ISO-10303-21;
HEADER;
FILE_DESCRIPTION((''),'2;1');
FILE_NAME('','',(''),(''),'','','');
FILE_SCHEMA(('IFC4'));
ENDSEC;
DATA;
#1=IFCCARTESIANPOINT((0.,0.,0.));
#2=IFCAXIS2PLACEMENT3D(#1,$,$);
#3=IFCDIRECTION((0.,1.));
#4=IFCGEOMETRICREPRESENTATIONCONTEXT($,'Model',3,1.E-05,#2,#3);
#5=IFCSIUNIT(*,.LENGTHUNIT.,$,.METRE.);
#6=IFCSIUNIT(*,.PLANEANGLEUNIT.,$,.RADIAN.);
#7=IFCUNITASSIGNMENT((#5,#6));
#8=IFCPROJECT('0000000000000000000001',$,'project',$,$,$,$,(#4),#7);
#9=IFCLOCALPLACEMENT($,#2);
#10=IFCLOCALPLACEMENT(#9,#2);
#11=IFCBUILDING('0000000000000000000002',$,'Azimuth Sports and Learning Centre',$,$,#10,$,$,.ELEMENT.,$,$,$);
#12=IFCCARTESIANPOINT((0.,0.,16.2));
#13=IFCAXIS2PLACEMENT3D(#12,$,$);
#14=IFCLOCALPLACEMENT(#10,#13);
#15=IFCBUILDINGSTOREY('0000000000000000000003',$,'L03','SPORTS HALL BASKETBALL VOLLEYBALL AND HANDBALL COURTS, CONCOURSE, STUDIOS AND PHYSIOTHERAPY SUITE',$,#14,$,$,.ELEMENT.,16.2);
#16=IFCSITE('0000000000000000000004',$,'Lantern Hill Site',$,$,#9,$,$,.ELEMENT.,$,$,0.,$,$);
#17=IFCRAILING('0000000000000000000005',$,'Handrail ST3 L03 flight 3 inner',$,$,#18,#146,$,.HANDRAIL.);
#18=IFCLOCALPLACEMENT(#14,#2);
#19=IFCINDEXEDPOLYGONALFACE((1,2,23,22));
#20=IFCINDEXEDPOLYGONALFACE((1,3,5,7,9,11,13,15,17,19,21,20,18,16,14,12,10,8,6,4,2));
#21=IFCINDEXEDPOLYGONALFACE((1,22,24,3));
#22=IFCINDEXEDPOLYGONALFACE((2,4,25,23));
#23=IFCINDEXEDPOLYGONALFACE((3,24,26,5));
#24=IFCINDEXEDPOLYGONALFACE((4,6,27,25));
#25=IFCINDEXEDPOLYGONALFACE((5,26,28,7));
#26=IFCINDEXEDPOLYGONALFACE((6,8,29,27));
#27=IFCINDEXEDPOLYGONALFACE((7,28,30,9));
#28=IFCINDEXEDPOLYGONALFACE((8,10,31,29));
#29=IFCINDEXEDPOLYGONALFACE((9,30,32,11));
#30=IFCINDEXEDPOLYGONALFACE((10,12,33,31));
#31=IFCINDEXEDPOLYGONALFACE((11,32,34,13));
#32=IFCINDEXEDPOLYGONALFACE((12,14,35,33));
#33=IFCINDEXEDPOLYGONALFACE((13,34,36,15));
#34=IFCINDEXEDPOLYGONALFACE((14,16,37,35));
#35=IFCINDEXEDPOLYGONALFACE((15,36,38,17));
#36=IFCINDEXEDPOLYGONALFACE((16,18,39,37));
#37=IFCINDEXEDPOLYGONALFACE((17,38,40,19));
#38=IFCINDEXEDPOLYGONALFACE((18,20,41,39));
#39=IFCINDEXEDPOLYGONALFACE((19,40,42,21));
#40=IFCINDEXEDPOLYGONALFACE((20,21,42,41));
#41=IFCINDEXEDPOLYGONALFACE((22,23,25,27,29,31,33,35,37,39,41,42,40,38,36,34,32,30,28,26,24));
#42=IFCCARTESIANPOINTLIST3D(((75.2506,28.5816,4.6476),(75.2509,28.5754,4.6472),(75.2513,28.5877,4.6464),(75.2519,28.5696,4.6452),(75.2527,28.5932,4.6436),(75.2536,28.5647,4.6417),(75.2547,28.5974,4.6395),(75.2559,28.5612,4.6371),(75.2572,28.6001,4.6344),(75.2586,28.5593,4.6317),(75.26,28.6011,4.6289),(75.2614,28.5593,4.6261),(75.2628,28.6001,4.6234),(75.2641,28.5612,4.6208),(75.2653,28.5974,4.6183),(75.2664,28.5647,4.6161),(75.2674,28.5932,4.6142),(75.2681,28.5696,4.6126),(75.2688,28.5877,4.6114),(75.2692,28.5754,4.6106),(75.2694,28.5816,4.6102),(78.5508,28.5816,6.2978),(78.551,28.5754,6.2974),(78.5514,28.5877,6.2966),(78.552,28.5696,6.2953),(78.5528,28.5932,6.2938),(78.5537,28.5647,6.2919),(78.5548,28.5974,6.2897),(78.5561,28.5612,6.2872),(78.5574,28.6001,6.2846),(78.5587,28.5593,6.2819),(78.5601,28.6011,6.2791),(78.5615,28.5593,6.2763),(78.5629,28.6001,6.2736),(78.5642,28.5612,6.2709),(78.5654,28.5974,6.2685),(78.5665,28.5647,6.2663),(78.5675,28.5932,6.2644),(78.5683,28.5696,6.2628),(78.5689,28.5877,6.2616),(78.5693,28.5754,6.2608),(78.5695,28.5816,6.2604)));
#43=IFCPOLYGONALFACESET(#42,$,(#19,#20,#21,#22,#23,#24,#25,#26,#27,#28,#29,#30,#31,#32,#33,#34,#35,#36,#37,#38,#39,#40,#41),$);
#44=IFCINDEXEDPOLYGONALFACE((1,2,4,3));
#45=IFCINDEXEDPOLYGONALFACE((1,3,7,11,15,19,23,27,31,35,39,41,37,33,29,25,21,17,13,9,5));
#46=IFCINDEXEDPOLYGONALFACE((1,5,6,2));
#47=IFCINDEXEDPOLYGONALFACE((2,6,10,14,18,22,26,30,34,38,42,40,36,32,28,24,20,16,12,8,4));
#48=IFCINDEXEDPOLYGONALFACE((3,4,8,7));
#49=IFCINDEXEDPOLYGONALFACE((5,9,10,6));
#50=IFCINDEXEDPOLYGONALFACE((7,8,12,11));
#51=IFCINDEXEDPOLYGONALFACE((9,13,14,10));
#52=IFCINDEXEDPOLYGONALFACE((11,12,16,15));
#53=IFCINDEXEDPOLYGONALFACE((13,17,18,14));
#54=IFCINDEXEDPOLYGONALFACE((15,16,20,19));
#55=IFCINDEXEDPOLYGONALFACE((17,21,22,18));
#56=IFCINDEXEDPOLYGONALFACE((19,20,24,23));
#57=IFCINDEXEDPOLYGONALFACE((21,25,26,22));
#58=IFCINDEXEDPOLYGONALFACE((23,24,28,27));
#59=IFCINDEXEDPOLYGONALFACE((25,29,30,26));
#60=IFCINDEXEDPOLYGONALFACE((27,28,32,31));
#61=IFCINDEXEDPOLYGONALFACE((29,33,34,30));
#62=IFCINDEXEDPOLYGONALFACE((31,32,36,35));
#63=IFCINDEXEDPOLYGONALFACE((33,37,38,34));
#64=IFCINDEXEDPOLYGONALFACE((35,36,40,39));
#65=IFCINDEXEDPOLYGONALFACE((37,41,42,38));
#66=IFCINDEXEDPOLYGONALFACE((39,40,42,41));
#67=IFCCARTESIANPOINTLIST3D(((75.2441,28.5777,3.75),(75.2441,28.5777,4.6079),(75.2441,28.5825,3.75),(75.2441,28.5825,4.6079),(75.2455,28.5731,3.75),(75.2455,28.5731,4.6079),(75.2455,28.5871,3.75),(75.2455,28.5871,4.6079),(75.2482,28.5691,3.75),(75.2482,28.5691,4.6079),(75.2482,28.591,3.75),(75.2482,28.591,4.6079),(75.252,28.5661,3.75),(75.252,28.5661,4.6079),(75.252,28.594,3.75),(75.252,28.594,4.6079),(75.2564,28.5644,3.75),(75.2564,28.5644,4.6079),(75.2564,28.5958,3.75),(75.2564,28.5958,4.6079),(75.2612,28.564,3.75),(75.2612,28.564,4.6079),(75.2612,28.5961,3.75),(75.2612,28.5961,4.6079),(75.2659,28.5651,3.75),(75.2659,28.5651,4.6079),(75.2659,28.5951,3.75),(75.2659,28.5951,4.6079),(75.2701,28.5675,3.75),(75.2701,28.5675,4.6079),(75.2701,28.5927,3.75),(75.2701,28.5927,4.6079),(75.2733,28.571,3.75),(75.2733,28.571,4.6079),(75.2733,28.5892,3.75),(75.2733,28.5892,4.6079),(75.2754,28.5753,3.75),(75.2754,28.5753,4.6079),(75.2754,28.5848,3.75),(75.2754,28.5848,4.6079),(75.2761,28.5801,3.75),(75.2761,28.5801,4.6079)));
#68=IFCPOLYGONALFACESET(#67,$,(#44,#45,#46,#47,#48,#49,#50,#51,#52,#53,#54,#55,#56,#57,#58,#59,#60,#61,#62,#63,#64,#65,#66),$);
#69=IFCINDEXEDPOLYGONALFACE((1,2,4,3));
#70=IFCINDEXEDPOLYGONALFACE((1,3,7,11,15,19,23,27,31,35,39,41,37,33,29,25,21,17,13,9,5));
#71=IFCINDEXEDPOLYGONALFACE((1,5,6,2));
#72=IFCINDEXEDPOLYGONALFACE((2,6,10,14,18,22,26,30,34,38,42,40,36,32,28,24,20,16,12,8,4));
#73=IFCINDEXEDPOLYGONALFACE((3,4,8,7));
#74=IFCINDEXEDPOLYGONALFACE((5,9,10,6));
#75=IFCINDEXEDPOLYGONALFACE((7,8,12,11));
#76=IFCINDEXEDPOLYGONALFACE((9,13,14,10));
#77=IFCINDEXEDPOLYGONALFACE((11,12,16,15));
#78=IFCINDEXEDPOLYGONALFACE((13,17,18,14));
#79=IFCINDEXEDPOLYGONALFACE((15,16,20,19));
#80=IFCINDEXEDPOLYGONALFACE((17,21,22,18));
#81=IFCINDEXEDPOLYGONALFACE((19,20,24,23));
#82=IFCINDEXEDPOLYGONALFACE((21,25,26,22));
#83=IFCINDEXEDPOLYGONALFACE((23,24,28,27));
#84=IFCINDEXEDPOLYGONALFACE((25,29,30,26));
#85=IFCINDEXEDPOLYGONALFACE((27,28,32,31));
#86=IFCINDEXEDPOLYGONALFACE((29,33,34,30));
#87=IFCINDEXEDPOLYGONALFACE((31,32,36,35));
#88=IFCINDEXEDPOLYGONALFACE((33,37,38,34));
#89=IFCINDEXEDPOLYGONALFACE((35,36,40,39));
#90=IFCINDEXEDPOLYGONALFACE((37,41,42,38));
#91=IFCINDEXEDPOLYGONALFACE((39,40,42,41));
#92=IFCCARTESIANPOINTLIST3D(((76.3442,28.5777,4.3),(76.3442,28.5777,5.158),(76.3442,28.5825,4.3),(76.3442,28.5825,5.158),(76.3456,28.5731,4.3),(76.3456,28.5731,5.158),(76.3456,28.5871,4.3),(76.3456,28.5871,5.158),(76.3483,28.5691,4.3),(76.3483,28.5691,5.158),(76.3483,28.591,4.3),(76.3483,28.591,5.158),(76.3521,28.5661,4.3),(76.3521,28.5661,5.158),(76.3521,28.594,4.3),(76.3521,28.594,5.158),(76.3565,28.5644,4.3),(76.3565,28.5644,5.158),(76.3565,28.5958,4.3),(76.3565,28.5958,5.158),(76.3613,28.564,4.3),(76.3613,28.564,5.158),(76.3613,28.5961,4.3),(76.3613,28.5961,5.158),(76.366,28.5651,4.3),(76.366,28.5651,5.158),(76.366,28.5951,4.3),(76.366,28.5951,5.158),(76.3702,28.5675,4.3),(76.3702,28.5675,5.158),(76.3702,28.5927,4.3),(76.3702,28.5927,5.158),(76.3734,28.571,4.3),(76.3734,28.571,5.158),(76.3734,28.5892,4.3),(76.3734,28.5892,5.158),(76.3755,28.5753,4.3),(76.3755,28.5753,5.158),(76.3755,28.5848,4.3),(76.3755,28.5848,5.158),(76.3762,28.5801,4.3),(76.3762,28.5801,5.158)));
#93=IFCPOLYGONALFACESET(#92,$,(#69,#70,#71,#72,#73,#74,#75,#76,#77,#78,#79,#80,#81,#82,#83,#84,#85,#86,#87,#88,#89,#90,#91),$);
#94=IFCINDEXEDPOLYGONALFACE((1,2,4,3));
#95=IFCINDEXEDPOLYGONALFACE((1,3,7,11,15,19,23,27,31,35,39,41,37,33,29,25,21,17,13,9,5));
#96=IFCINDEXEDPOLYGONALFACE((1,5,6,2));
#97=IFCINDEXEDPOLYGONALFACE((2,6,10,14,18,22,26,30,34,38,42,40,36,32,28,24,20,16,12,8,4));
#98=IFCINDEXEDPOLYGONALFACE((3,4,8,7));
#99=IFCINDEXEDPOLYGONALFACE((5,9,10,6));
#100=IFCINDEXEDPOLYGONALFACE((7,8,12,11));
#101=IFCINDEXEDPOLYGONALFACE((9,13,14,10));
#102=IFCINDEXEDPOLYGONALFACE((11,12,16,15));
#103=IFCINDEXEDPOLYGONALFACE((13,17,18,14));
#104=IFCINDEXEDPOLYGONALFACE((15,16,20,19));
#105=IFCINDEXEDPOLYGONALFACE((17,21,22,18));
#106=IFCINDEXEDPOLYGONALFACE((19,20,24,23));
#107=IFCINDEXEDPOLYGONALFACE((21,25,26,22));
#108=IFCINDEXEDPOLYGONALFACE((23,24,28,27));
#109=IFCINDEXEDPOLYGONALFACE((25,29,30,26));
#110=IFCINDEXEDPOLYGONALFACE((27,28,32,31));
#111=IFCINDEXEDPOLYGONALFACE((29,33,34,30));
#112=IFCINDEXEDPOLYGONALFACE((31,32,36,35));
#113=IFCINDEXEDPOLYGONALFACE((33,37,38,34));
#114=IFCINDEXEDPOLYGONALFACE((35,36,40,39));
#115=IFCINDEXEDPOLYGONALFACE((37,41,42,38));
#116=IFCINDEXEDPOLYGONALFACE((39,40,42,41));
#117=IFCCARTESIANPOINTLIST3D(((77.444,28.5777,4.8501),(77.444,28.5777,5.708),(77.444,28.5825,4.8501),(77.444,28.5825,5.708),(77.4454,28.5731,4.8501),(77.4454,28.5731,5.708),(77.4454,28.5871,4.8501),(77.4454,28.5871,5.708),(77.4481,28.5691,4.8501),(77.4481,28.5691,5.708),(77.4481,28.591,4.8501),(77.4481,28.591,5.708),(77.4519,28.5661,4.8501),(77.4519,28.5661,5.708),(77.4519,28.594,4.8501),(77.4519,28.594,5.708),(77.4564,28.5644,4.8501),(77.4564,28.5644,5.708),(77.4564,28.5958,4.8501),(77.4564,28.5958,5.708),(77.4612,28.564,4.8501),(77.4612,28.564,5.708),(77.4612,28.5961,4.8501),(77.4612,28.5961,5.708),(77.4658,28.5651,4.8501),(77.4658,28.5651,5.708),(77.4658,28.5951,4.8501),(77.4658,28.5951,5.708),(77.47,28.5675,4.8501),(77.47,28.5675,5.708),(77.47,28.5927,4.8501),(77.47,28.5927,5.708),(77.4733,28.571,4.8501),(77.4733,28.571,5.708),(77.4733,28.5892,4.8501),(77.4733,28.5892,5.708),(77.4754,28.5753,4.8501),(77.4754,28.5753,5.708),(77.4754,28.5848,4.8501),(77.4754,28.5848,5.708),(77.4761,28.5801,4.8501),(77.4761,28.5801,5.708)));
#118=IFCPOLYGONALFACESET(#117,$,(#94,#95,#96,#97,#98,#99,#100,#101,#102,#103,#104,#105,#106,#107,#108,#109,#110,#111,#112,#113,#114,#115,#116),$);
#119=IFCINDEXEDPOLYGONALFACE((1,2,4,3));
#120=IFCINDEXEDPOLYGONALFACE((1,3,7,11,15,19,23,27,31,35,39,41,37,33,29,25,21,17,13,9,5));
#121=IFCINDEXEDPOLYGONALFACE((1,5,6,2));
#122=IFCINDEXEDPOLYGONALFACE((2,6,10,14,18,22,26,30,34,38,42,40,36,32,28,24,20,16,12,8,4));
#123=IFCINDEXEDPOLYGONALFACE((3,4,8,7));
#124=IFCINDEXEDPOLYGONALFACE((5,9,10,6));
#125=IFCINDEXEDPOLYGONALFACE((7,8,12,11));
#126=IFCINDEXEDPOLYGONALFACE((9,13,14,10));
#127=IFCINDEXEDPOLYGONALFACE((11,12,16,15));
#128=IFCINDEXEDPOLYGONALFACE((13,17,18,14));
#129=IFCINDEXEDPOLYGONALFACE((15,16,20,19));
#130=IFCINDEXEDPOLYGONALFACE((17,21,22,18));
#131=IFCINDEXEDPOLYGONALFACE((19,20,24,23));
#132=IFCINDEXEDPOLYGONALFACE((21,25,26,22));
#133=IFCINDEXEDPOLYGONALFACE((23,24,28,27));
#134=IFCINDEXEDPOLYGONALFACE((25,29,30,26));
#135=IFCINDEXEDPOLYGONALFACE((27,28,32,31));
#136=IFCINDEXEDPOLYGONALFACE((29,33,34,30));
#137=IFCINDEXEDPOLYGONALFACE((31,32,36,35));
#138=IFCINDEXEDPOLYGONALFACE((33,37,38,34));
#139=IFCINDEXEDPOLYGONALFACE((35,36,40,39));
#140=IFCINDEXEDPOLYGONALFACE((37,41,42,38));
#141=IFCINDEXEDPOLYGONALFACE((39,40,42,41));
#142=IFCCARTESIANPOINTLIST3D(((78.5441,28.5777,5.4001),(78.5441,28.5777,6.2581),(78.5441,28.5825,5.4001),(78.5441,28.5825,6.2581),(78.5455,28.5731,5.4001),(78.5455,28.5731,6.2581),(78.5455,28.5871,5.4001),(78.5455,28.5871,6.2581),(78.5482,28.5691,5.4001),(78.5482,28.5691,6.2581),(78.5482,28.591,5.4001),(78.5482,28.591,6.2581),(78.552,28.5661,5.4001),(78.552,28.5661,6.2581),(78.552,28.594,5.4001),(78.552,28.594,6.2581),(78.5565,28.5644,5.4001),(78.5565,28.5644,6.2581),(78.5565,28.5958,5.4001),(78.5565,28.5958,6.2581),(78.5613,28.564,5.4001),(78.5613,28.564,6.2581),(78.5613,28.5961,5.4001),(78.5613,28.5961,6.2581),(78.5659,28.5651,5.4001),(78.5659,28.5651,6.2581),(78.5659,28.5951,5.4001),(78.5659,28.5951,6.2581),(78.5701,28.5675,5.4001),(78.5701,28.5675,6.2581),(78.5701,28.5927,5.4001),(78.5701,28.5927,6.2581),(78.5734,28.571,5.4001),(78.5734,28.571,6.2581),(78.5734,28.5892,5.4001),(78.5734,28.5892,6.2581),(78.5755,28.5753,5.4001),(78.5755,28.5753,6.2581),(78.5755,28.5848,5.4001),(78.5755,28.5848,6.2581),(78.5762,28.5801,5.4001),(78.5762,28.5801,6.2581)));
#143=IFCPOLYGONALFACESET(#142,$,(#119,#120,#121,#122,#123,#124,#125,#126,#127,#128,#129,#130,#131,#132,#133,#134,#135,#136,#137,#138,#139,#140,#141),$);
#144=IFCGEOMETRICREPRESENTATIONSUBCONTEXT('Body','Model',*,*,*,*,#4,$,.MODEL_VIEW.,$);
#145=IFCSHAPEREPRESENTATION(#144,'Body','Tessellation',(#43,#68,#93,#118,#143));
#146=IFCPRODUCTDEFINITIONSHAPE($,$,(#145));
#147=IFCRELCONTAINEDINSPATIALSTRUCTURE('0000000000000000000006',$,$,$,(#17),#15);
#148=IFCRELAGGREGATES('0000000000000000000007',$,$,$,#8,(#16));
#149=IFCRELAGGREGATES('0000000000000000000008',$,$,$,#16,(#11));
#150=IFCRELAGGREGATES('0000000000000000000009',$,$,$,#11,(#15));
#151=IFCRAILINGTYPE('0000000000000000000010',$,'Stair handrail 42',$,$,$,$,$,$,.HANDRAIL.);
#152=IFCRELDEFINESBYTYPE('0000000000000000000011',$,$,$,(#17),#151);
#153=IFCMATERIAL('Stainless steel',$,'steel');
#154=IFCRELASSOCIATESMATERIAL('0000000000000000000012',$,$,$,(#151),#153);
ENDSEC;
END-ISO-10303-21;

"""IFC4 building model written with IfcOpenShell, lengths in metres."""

from ifc_helpers import new_model, si_unit, direction, frame, origin, origin_2d, place, context, subcontext, project, spatial, circle, extrude, material, type_object, element, save


model = new_model("IFC4")

# Units and contexts
model_context = context("Model", 3, precision=1e-05, world=origin(), true_north=direction((0.0, 1.0)))
body_context = subcontext(model_context, "Body", "Model", "MODEL_VIEW")
ifc_project = project(units=[si_unit("LENGTHUNIT", "METRE"), si_unit("PLANEANGLEUNIT", "RADIAN")], contexts=[model_context])

# Site, building, storey
site_placement = place(None, origin())
site = spatial("IfcSite", under=ifc_project, at=site_placement, Name="Lantern Hill Site", CompositionType="ELEMENT", RefElevation=0.0)
building_placement = place(site_placement, origin())
building = spatial("IfcBuilding", under=site, at=building_placement, Name="Azimuth Sports and Learning Centre", CompositionType="ELEMENT")
storey_placement = place(building_placement, frame((0.0, 0.0, 16.2)))
storey = spatial("IfcBuildingStorey", under=building, at=storey_placement, Name="L03", Description="SPORTS HALL BASKETBALL VOLLEYBALL AND HANDBALL COURTS, CONCOURSE, STUDIOS AND PHYSIOTHERAPY SUITE", CompositionType="ELEMENT", Elevation=16.2)

# Railing
ifc_material_1 = material(Name="Stainless steel", Category="steel")
railing_type_1 = type_object("IfcRailingType", Name="Stair handrail 42", PredefinedType="HANDRAIL", material=ifc_material_1)
for number, where, name in (
    (1, (75.26, 28.5801, 3.75), "Handrail ST3 L03 flight 3 inner"),
):
    element("IfcRailing", number, at=place(storey_placement, frame(where)), inside=storey, type_object=railing_type_1, Name=name, PredefinedType="HANDRAIL", context=body_context, shape_type="SweptSolid", body=[
        extrude(circle(Radius=0.021, at=origin_2d()), frame((0.0, 0.0, 0.8789), z_axis=(0.894414, 0.0, 0.44724), x_axis=(0.0, 1.0, 0.0)), (0.0, 0.0, 1.0), 3.6897),
        extrude(circle(Radius=0.0161, at=origin_2d()), origin(), (0.0, 0.0, 1.0), 0.8579),
        extrude(circle(Radius=0.0161, at=origin_2d()), frame((1.1001, 0.0, 0.55)), (0.0, 0.0, 1.0), 0.8579),
        extrude(circle(Radius=0.0161, at=origin_2d()), frame((2.2, 0.0, 1.1001)), (0.0, 0.0, 1.0), 0.8579),
        extrude(circle(Radius=0.0161, at=origin_2d()), frame((3.3, 0.0, 1.6501)), (0.0, 0.0, 1.0), 0.8579),
    ])

save(model, "model.ifc")
